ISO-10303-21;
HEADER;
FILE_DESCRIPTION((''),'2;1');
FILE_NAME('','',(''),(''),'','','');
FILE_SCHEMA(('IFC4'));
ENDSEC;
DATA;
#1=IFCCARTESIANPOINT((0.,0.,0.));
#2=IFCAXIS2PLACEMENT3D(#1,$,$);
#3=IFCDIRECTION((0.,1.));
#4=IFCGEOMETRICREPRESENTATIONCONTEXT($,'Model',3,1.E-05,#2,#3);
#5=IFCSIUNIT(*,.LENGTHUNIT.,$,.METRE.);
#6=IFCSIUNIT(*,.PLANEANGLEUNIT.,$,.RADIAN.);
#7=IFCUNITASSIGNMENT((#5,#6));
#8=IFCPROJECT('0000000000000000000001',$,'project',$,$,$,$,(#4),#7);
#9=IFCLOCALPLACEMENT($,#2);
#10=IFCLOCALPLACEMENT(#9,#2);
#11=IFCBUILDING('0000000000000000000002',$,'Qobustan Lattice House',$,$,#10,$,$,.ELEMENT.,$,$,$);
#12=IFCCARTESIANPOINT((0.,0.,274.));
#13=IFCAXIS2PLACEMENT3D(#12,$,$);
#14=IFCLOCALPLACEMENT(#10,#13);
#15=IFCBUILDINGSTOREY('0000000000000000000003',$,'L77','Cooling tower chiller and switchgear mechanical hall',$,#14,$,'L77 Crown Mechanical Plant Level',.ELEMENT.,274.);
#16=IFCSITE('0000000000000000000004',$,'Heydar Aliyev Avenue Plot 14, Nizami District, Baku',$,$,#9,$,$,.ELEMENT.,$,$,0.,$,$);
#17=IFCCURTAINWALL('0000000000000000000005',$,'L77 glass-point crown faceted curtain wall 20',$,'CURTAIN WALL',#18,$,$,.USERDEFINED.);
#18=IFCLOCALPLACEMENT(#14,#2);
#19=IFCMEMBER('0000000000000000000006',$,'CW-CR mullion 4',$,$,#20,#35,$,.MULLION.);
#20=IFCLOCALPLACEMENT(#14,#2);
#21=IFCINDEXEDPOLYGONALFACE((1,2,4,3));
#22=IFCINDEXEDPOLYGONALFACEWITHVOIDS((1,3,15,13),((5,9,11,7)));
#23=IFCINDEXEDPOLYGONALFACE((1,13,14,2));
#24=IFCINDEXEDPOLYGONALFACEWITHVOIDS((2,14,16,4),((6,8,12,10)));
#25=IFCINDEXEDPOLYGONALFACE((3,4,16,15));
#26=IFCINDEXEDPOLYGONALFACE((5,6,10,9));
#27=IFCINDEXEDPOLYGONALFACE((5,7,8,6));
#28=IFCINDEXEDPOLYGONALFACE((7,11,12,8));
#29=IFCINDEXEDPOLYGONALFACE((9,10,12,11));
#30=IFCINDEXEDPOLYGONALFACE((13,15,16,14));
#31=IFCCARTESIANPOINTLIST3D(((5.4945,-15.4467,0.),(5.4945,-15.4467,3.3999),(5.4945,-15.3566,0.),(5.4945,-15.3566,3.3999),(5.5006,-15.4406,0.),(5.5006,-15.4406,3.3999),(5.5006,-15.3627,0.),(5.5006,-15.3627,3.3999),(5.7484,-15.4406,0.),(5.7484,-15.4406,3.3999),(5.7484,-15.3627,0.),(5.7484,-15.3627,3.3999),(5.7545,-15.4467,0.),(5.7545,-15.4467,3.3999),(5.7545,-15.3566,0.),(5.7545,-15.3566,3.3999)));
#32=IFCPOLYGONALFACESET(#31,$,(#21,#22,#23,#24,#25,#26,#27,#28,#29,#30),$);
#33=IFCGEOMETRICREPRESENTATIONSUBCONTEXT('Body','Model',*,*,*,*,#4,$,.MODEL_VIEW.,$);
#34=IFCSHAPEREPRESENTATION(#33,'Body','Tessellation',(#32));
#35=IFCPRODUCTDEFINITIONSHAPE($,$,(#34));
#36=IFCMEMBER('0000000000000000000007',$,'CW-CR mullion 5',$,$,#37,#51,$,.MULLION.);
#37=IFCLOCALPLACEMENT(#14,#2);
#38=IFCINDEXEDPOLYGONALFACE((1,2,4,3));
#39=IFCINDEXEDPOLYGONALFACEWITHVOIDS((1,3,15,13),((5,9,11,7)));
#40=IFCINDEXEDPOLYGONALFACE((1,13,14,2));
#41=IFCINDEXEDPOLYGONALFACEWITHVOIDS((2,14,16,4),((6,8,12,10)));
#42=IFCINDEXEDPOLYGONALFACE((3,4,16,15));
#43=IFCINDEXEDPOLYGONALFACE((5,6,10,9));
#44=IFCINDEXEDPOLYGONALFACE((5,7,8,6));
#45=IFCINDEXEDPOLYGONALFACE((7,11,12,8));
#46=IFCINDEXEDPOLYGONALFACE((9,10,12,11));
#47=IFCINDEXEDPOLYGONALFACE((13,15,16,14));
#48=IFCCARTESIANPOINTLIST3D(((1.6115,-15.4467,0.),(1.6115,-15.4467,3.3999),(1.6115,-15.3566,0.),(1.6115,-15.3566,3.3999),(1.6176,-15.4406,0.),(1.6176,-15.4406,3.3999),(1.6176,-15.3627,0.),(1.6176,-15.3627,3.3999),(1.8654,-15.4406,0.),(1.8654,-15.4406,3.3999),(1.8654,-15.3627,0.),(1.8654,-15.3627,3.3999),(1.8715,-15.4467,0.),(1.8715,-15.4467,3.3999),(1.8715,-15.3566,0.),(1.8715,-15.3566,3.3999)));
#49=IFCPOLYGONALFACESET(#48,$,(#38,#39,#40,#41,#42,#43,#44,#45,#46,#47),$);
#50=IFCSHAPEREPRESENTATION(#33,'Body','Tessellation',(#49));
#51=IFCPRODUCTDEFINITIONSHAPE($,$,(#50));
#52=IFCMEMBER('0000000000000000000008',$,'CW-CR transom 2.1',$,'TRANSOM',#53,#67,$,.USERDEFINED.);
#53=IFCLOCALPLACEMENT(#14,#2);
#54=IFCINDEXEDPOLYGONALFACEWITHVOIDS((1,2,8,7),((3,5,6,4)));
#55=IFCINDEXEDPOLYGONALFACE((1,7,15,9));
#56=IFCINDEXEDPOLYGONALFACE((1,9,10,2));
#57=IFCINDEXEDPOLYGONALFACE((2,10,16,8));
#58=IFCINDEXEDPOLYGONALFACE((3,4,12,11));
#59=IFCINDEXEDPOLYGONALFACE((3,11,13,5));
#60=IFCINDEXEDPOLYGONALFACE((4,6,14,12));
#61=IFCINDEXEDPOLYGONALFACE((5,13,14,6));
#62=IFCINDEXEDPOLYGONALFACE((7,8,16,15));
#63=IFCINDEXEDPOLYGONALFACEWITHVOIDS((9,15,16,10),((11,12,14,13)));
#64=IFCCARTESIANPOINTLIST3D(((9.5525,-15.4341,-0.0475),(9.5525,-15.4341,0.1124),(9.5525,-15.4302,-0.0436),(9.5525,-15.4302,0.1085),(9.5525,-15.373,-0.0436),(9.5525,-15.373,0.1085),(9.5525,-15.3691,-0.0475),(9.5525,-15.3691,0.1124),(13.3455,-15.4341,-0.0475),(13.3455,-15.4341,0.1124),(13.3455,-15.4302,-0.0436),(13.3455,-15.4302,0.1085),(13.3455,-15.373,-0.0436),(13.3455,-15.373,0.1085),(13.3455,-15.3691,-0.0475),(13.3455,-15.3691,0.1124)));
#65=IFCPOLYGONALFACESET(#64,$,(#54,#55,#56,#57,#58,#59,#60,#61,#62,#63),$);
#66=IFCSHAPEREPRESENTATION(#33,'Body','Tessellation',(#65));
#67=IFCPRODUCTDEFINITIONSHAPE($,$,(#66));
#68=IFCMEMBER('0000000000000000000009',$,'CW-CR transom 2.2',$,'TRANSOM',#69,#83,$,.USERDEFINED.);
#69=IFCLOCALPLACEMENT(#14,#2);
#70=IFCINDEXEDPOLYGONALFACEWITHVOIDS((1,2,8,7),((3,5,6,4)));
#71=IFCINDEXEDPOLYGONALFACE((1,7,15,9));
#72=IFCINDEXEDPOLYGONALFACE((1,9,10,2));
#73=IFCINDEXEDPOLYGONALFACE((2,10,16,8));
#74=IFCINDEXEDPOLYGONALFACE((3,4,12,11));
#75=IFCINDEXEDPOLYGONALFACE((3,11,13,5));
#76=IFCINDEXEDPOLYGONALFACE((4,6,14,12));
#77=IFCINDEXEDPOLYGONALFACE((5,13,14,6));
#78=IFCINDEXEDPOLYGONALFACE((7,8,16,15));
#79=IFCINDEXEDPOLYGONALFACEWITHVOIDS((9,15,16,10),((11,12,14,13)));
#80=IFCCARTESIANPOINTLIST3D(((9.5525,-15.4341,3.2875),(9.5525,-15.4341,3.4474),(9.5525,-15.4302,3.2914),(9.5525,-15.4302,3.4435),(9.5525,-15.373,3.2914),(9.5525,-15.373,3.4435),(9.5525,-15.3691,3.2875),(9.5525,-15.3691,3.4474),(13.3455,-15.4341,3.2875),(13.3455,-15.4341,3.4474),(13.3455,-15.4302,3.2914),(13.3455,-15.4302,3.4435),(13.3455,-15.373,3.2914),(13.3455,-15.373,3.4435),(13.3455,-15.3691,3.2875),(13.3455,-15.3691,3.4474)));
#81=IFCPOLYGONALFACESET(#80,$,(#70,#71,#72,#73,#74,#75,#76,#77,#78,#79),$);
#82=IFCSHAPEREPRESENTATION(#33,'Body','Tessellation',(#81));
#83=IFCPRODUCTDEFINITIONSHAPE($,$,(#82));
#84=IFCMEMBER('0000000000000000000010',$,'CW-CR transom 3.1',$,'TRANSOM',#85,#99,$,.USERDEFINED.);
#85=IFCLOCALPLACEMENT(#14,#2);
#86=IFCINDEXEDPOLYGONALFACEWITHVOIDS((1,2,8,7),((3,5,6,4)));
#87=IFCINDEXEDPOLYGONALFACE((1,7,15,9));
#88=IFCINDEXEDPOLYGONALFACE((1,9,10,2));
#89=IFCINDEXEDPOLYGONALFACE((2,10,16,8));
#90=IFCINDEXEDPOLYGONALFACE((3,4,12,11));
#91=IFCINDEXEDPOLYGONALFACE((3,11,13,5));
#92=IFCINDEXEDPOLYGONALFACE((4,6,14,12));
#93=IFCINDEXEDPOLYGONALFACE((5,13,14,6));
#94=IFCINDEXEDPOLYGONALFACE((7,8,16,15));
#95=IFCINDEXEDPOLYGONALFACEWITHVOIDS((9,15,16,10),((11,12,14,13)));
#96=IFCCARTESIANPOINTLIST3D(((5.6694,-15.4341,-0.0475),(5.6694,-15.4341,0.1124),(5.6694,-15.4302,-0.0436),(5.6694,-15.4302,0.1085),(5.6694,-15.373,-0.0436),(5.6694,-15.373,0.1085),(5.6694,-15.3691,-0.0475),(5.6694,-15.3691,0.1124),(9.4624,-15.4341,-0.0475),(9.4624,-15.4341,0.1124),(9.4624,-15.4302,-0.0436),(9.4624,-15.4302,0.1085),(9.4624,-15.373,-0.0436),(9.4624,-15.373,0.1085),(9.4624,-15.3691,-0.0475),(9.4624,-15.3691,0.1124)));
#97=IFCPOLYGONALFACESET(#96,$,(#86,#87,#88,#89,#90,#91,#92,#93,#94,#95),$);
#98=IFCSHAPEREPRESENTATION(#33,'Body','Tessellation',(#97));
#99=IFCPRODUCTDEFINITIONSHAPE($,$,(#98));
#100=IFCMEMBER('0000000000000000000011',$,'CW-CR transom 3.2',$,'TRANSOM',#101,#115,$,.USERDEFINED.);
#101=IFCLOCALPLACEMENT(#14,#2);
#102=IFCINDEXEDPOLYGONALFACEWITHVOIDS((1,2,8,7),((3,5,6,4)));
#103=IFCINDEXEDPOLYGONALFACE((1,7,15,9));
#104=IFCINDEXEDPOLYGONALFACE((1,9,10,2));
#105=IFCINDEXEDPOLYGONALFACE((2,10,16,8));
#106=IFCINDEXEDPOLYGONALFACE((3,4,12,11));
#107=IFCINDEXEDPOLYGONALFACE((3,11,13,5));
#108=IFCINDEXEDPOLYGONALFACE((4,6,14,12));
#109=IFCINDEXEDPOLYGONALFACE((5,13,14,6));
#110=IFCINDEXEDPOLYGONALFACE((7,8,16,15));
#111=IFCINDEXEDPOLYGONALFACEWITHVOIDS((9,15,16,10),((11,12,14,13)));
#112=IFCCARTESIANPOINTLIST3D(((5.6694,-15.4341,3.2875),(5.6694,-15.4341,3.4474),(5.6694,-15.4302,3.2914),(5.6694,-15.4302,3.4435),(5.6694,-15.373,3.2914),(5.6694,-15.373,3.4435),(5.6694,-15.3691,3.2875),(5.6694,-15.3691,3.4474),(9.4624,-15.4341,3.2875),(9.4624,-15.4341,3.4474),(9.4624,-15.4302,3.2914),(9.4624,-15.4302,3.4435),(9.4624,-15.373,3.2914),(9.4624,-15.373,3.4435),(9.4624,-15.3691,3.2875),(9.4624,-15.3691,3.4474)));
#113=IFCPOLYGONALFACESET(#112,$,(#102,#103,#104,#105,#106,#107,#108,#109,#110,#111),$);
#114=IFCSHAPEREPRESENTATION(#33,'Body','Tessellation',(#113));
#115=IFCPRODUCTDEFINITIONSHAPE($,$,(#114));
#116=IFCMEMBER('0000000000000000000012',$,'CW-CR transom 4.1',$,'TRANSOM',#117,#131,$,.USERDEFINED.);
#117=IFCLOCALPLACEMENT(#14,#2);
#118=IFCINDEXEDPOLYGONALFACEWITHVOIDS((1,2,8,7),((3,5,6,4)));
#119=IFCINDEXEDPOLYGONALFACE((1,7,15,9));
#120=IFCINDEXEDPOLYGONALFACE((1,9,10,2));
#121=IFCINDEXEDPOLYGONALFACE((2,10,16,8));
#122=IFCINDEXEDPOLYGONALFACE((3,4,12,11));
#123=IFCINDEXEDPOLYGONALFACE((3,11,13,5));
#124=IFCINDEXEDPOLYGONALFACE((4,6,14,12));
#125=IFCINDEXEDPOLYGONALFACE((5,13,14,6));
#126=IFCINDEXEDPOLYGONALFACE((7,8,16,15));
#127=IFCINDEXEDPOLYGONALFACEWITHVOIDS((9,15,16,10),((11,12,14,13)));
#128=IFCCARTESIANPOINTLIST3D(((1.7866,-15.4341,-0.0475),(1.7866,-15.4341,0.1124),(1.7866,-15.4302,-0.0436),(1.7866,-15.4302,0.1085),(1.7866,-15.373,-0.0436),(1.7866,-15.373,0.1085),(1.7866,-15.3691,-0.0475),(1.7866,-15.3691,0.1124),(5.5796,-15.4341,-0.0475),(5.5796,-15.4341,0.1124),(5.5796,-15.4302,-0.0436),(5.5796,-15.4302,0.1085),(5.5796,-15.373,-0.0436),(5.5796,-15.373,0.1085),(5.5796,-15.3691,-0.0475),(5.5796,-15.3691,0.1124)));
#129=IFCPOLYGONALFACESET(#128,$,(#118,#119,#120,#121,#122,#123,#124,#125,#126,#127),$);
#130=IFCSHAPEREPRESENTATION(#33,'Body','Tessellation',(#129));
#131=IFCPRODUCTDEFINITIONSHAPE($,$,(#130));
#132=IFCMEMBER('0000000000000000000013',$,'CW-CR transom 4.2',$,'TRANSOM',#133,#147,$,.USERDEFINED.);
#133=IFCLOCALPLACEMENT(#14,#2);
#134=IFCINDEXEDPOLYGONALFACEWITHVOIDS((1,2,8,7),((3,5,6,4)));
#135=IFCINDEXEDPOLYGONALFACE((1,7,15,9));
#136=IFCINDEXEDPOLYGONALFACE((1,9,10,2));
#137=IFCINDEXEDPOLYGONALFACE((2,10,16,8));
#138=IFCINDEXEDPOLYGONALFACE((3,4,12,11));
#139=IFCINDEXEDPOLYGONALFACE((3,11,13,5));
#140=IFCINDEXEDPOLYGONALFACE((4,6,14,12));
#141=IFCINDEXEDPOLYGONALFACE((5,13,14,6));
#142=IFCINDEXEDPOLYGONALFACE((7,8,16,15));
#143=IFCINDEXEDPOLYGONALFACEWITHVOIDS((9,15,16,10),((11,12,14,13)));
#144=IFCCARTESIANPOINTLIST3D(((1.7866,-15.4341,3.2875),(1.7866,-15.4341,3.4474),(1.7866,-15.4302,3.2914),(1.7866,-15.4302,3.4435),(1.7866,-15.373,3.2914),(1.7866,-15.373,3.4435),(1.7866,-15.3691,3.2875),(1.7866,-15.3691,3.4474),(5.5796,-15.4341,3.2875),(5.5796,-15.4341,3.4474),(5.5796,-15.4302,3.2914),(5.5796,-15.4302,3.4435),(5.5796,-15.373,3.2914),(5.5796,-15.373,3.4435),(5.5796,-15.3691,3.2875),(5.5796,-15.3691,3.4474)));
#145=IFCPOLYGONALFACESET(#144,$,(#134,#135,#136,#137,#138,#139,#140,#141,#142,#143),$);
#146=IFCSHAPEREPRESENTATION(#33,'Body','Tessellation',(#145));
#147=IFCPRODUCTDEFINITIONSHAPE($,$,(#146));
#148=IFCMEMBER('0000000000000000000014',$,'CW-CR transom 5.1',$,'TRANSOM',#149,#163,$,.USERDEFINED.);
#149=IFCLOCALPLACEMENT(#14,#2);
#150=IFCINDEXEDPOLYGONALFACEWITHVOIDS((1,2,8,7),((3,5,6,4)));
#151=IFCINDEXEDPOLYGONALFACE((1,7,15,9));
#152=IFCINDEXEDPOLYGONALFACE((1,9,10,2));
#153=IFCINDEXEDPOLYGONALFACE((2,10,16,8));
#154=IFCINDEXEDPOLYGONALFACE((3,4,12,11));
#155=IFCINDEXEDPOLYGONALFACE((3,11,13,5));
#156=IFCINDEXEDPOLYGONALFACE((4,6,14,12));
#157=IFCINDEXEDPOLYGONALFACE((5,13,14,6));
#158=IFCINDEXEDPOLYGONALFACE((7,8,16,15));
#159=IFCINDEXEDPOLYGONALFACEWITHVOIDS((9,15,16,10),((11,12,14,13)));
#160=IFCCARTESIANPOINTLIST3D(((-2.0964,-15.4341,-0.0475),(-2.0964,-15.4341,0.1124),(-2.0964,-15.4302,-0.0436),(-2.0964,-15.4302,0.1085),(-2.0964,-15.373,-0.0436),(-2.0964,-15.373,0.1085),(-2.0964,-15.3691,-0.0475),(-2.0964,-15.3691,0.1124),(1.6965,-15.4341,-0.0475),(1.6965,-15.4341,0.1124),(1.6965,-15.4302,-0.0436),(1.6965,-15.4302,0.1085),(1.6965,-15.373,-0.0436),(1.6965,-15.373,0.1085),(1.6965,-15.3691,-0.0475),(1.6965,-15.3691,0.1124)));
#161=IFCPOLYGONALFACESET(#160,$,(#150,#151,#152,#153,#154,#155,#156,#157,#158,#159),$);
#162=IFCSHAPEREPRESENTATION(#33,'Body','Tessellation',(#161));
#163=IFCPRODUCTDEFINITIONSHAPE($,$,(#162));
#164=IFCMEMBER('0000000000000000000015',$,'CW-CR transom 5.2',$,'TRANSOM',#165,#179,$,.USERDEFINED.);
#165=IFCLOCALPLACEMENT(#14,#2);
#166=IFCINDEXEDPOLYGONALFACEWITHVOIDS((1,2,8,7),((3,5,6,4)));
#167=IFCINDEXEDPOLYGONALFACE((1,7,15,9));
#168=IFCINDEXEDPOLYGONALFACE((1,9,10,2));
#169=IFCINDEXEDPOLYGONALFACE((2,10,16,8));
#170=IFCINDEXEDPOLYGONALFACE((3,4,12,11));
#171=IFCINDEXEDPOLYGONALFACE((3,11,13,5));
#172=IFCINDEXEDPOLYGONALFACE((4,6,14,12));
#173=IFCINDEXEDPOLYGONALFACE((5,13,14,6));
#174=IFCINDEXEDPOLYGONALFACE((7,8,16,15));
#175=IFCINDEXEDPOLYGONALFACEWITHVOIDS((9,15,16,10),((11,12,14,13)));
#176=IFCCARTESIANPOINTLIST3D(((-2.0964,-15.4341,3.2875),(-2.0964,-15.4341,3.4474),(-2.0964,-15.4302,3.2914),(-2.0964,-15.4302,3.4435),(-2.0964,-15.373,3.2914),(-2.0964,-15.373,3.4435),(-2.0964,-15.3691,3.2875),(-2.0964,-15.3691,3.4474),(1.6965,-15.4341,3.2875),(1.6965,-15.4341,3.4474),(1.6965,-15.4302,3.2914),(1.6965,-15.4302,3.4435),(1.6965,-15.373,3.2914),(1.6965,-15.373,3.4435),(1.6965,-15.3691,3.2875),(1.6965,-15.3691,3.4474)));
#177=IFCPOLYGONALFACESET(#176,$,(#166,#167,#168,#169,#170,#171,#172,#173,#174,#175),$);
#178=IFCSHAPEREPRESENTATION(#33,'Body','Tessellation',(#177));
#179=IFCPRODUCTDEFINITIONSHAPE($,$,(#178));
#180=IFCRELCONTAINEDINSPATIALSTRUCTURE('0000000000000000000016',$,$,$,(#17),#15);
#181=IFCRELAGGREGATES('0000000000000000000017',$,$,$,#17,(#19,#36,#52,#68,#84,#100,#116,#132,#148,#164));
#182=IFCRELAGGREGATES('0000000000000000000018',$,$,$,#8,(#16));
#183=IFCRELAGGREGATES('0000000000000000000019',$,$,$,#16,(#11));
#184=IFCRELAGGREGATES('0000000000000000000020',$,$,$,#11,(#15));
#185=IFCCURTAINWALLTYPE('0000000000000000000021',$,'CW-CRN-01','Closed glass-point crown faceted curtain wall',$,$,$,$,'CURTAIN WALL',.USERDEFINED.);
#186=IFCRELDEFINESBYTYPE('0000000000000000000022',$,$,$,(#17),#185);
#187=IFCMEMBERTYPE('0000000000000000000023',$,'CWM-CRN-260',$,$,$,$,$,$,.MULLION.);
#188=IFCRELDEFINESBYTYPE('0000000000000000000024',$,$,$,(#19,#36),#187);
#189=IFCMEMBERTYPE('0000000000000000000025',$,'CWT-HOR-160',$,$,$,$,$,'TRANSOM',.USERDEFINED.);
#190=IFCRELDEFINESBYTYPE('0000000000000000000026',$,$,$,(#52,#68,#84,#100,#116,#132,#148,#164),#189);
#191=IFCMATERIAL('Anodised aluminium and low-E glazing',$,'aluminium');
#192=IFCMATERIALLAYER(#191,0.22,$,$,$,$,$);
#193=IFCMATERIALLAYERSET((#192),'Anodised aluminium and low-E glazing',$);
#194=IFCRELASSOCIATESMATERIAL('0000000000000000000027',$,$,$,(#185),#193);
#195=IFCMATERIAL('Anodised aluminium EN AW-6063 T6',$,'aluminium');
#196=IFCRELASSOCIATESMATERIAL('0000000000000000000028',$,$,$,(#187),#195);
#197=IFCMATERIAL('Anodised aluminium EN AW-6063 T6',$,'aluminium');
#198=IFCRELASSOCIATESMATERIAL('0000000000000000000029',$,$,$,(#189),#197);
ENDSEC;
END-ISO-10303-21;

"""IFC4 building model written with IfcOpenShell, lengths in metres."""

from ifc_helpers import new_model, si_unit, direction, frame, origin, origin_2d, place, context, subcontext, project, spatial, hollow_rectangle, extrude, material, layer, layer_set, material_profile, profile_set, type_object, element, aggregate, save


model = new_model("IFC4")

# Units and contexts
model_context = context("Model", 3, precision=1e-05, world=origin(), true_north=direction((0.0, 1.0)))
body_context = subcontext(model_context, "Body", "Model", "MODEL_VIEW")
ifc_project = project(units=[si_unit("LENGTHUNIT", "METRE"), si_unit("PLANEANGLEUNIT", "RADIAN")], contexts=[model_context])

# Site, building, storey
site_placement = place(None, origin())
site = spatial("IfcSite", under=ifc_project, at=site_placement, Name="Heydar Aliyev Avenue Plot 14, Nizami District, Baku", CompositionType="ELEMENT", RefElevation=0.0)
building_placement = place(site_placement, origin())
building = spatial("IfcBuilding", under=site, at=building_placement, Name="Qobustan Lattice House", CompositionType="ELEMENT")
storey_placement = place(building_placement, frame((0.0, 0.0, 274.0)))
storey = spatial("IfcBuildingStorey", under=building, at=storey_placement, Name="L77", Description="Cooling tower chiller and switchgear mechanical hall", LongName="L77 Crown Mechanical Plant Level", CompositionType="ELEMENT", Elevation=274.0)

# Curtain wall, members
ifc_material_1 = material(Name="Anodised aluminium and low-E glazing", Category="aluminium")
ifc_layer_1 = layer(ifc_material_1, 0.22)
ifc_layer_set_1 = layer_set([ifc_layer_1], Name="Anodised aluminium and low-E glazing")
curtain_wall_type = type_object("IfcCurtainWallType", Name="CW-CRN-01", Description="Closed glass-point crown faceted curtain wall", ElementType="CURTAIN WALL", PredefinedType="USERDEFINED", material=ifc_layer_set_1)
curtain_wall_placement = place(storey_placement, origin())
curtain_wall = element("IfcCurtainWall", 1, at=curtain_wall_placement, inside=storey, type_object=curtain_wall_type, Name="L77 glass-point crown faceted curtain wall 20", ObjectType="CURTAIN WALL", PredefinedType="USERDEFINED")
ifc_material_2 = material(Name="Anodised aluminium EN AW-6063 T6", Category="aluminium")
ifc_material_profile_1 = material_profile(ifc_material_2, hollow_rectangle(XDim=0.0901, YDim=0.26, WallThickness=0.0061, at=origin_2d()), Name="CWM-CROWN-260x90")
ifc_profile_set_1 = profile_set([ifc_material_profile_1], Name="Anodised aluminium EN AW-6063 T6")
member_type_1 = type_object("IfcMemberType", Name="CWM-CRN-260", PredefinedType="MULLION", material=ifc_profile_set_1)
member_1_placement = place(storey_placement, frame((5.6245, -15.4016, 0.0), z_axis=(0.0, 0.0, 1.0), x_axis=(0.0, -1.0, 0.0)))
member_1 = element("IfcMember", 2, at=member_1_placement, type_object=member_type_1, Name="CW-CR mullion 4", PredefinedType="MULLION", context=body_context, shape_type="SweptSolid", body=[
    extrude(hollow_rectangle(XDim=0.0901, YDim=0.26, WallThickness=0.0061, at=origin_2d()), origin(), (0.0, 0.0, 1.0), 3.3999),
])
member_2_placement = place(storey_placement, frame((1.7415, -15.4016, 0.0), z_axis=(0.0, 0.0, 1.0), x_axis=(0.0, -1.0, 0.0)))
member_2 = element("IfcMember", 3, at=member_2_placement, type_object=member_type_1, Name="CW-CR mullion 5", PredefinedType="MULLION", context=body_context, shape_type="SweptSolid", body=[
    extrude(hollow_rectangle(XDim=0.0901, YDim=0.26, WallThickness=0.0061, at=origin_2d()), origin(), (0.0, 0.0, 1.0), 3.3999),
])
ifc_material_3 = material(Name="Anodised aluminium EN AW-6063 T6", Category="aluminium")
ifc_material_profile_2 = material_profile(ifc_material_3, hollow_rectangle(XDim=0.0649, YDim=0.1599, WallThickness=0.0039, at=origin_2d()), Name="CWT-160x65")
ifc_profile_set_2 = profile_set([ifc_material_profile_2], Name="Anodised aluminium EN AW-6063 T6")
member_type_2 = type_object("IfcMemberType", Name="CWT-HOR-160", ElementType="TRANSOM", PredefinedType="USERDEFINED", material=ifc_profile_set_2)
member_3_placement = place(storey_placement, frame((13.3455, -15.4016, 0.0325), z_axis=(-1.0, 0.0, 0.0), x_axis=(0.0, -1.0, 0.0)))
member_3 = element("IfcMember", 4, at=member_3_placement, type_object=member_type_2, Name="CW-CR transom 2.1", ObjectType="TRANSOM", PredefinedType="USERDEFINED", context=body_context, shape_type="SweptSolid", body=[
    extrude(hollow_rectangle(XDim=0.0649, YDim=0.1599, WallThickness=0.0039, at=origin_2d()), origin(), (0.0, 0.0, 1.0), 3.793),
])
member_4_placement = place(storey_placement, frame((13.3455, -15.4016, 3.3674), z_axis=(-1.0, 0.0, 0.0), x_axis=(0.0, -1.0, 0.0)))
member_4 = element("IfcMember", 5, at=member_4_placement, type_object=member_type_2, Name="CW-CR transom 2.2", ObjectType="TRANSOM", PredefinedType="USERDEFINED", context=body_context, shape_type="SweptSolid", body=[
    extrude(hollow_rectangle(XDim=0.0649, YDim=0.1599, WallThickness=0.0039, at=origin_2d()), origin(), (0.0, 0.0, 1.0), 3.793),
])
member_5_placement = place(storey_placement, frame((9.4624, -15.4016, 0.0325), z_axis=(-1.0, 0.0, 0.0), x_axis=(0.0, -1.0, 0.0)))
member_5 = element("IfcMember", 6, at=member_5_placement, type_object=member_type_2, Name="CW-CR transom 3.1", ObjectType="TRANSOM", PredefinedType="USERDEFINED", context=body_context, shape_type="SweptSolid", body=[
    extrude(hollow_rectangle(XDim=0.0649, YDim=0.1599, WallThickness=0.0039, at=origin_2d()), origin(), (0.0, 0.0, 1.0), 3.793),
])
member_6_placement = place(storey_placement, frame((9.4624, -15.4016, 3.3674), z_axis=(-1.0, 0.0, 0.0), x_axis=(0.0, -1.0, 0.0)))
member_6 = element("IfcMember", 7, at=member_6_placement, type_object=member_type_2, Name="CW-CR transom 3.2", ObjectType="TRANSOM", PredefinedType="USERDEFINED", context=body_context, shape_type="SweptSolid", body=[
    extrude(hollow_rectangle(XDim=0.0649, YDim=0.1599, WallThickness=0.0039, at=origin_2d()), origin(), (0.0, 0.0, 1.0), 3.793),
])
member_7_placement = place(storey_placement, frame((5.5796, -15.4016, 0.0325), z_axis=(-1.0, 0.0, 0.0), x_axis=(0.0, -1.0, 0.0)))
member_7 = element("IfcMember", 8, at=member_7_placement, type_object=member_type_2, Name="CW-CR transom 4.1", ObjectType="TRANSOM", PredefinedType="USERDEFINED", context=body_context, shape_type="SweptSolid", body=[
    extrude(hollow_rectangle(XDim=0.0649, YDim=0.1599, WallThickness=0.0039, at=origin_2d()), origin(), (0.0, 0.0, 1.0), 3.793),
])
member_8_placement = place(storey_placement, frame((5.5796, -15.4016, 3.3674), z_axis=(-1.0, 0.0, 0.0), x_axis=(0.0, -1.0, 0.0)))
member_8 = element("IfcMember", 9, at=member_8_placement, type_object=member_type_2, Name="CW-CR transom 4.2", ObjectType="TRANSOM", PredefinedType="USERDEFINED", context=body_context, shape_type="SweptSolid", body=[
    extrude(hollow_rectangle(XDim=0.0649, YDim=0.1599, WallThickness=0.0039, at=origin_2d()), origin(), (0.0, 0.0, 1.0), 3.793),
])
member_9_placement = place(storey_placement, frame((1.6965, -15.4016, 0.0325), z_axis=(-1.0, 0.0, 0.0), x_axis=(0.0, -1.0, 0.0)))
member_9 = element("IfcMember", 10, at=member_9_placement, type_object=member_type_2, Name="CW-CR transom 5.1", ObjectType="TRANSOM", PredefinedType="USERDEFINED", context=body_context, shape_type="SweptSolid", body=[
    extrude(hollow_rectangle(XDim=0.0649, YDim=0.1599, WallThickness=0.0039, at=origin_2d()), origin(), (0.0, 0.0, 1.0), 3.793),
])
member_10_placement = place(storey_placement, frame((1.6965, -15.4016, 3.3674), z_axis=(-1.0, 0.0, 0.0), x_axis=(0.0, -1.0, 0.0)))
member_10 = element("IfcMember", 11, at=member_10_placement, type_object=member_type_2, Name="CW-CR transom 5.2", ObjectType="TRANSOM", PredefinedType="USERDEFINED", context=body_context, shape_type="SweptSolid", body=[
    extrude(hollow_rectangle(XDim=0.0649, YDim=0.1599, WallThickness=0.0039, at=origin_2d()), origin(), (0.0, 0.0, 1.0), 3.793),
])

aggregate(curtain_wall, [member_1, member_2, member_3, member_4, member_5, member_6, member_7, member_8, member_9, member_10])

save(model, "model.ifc")
